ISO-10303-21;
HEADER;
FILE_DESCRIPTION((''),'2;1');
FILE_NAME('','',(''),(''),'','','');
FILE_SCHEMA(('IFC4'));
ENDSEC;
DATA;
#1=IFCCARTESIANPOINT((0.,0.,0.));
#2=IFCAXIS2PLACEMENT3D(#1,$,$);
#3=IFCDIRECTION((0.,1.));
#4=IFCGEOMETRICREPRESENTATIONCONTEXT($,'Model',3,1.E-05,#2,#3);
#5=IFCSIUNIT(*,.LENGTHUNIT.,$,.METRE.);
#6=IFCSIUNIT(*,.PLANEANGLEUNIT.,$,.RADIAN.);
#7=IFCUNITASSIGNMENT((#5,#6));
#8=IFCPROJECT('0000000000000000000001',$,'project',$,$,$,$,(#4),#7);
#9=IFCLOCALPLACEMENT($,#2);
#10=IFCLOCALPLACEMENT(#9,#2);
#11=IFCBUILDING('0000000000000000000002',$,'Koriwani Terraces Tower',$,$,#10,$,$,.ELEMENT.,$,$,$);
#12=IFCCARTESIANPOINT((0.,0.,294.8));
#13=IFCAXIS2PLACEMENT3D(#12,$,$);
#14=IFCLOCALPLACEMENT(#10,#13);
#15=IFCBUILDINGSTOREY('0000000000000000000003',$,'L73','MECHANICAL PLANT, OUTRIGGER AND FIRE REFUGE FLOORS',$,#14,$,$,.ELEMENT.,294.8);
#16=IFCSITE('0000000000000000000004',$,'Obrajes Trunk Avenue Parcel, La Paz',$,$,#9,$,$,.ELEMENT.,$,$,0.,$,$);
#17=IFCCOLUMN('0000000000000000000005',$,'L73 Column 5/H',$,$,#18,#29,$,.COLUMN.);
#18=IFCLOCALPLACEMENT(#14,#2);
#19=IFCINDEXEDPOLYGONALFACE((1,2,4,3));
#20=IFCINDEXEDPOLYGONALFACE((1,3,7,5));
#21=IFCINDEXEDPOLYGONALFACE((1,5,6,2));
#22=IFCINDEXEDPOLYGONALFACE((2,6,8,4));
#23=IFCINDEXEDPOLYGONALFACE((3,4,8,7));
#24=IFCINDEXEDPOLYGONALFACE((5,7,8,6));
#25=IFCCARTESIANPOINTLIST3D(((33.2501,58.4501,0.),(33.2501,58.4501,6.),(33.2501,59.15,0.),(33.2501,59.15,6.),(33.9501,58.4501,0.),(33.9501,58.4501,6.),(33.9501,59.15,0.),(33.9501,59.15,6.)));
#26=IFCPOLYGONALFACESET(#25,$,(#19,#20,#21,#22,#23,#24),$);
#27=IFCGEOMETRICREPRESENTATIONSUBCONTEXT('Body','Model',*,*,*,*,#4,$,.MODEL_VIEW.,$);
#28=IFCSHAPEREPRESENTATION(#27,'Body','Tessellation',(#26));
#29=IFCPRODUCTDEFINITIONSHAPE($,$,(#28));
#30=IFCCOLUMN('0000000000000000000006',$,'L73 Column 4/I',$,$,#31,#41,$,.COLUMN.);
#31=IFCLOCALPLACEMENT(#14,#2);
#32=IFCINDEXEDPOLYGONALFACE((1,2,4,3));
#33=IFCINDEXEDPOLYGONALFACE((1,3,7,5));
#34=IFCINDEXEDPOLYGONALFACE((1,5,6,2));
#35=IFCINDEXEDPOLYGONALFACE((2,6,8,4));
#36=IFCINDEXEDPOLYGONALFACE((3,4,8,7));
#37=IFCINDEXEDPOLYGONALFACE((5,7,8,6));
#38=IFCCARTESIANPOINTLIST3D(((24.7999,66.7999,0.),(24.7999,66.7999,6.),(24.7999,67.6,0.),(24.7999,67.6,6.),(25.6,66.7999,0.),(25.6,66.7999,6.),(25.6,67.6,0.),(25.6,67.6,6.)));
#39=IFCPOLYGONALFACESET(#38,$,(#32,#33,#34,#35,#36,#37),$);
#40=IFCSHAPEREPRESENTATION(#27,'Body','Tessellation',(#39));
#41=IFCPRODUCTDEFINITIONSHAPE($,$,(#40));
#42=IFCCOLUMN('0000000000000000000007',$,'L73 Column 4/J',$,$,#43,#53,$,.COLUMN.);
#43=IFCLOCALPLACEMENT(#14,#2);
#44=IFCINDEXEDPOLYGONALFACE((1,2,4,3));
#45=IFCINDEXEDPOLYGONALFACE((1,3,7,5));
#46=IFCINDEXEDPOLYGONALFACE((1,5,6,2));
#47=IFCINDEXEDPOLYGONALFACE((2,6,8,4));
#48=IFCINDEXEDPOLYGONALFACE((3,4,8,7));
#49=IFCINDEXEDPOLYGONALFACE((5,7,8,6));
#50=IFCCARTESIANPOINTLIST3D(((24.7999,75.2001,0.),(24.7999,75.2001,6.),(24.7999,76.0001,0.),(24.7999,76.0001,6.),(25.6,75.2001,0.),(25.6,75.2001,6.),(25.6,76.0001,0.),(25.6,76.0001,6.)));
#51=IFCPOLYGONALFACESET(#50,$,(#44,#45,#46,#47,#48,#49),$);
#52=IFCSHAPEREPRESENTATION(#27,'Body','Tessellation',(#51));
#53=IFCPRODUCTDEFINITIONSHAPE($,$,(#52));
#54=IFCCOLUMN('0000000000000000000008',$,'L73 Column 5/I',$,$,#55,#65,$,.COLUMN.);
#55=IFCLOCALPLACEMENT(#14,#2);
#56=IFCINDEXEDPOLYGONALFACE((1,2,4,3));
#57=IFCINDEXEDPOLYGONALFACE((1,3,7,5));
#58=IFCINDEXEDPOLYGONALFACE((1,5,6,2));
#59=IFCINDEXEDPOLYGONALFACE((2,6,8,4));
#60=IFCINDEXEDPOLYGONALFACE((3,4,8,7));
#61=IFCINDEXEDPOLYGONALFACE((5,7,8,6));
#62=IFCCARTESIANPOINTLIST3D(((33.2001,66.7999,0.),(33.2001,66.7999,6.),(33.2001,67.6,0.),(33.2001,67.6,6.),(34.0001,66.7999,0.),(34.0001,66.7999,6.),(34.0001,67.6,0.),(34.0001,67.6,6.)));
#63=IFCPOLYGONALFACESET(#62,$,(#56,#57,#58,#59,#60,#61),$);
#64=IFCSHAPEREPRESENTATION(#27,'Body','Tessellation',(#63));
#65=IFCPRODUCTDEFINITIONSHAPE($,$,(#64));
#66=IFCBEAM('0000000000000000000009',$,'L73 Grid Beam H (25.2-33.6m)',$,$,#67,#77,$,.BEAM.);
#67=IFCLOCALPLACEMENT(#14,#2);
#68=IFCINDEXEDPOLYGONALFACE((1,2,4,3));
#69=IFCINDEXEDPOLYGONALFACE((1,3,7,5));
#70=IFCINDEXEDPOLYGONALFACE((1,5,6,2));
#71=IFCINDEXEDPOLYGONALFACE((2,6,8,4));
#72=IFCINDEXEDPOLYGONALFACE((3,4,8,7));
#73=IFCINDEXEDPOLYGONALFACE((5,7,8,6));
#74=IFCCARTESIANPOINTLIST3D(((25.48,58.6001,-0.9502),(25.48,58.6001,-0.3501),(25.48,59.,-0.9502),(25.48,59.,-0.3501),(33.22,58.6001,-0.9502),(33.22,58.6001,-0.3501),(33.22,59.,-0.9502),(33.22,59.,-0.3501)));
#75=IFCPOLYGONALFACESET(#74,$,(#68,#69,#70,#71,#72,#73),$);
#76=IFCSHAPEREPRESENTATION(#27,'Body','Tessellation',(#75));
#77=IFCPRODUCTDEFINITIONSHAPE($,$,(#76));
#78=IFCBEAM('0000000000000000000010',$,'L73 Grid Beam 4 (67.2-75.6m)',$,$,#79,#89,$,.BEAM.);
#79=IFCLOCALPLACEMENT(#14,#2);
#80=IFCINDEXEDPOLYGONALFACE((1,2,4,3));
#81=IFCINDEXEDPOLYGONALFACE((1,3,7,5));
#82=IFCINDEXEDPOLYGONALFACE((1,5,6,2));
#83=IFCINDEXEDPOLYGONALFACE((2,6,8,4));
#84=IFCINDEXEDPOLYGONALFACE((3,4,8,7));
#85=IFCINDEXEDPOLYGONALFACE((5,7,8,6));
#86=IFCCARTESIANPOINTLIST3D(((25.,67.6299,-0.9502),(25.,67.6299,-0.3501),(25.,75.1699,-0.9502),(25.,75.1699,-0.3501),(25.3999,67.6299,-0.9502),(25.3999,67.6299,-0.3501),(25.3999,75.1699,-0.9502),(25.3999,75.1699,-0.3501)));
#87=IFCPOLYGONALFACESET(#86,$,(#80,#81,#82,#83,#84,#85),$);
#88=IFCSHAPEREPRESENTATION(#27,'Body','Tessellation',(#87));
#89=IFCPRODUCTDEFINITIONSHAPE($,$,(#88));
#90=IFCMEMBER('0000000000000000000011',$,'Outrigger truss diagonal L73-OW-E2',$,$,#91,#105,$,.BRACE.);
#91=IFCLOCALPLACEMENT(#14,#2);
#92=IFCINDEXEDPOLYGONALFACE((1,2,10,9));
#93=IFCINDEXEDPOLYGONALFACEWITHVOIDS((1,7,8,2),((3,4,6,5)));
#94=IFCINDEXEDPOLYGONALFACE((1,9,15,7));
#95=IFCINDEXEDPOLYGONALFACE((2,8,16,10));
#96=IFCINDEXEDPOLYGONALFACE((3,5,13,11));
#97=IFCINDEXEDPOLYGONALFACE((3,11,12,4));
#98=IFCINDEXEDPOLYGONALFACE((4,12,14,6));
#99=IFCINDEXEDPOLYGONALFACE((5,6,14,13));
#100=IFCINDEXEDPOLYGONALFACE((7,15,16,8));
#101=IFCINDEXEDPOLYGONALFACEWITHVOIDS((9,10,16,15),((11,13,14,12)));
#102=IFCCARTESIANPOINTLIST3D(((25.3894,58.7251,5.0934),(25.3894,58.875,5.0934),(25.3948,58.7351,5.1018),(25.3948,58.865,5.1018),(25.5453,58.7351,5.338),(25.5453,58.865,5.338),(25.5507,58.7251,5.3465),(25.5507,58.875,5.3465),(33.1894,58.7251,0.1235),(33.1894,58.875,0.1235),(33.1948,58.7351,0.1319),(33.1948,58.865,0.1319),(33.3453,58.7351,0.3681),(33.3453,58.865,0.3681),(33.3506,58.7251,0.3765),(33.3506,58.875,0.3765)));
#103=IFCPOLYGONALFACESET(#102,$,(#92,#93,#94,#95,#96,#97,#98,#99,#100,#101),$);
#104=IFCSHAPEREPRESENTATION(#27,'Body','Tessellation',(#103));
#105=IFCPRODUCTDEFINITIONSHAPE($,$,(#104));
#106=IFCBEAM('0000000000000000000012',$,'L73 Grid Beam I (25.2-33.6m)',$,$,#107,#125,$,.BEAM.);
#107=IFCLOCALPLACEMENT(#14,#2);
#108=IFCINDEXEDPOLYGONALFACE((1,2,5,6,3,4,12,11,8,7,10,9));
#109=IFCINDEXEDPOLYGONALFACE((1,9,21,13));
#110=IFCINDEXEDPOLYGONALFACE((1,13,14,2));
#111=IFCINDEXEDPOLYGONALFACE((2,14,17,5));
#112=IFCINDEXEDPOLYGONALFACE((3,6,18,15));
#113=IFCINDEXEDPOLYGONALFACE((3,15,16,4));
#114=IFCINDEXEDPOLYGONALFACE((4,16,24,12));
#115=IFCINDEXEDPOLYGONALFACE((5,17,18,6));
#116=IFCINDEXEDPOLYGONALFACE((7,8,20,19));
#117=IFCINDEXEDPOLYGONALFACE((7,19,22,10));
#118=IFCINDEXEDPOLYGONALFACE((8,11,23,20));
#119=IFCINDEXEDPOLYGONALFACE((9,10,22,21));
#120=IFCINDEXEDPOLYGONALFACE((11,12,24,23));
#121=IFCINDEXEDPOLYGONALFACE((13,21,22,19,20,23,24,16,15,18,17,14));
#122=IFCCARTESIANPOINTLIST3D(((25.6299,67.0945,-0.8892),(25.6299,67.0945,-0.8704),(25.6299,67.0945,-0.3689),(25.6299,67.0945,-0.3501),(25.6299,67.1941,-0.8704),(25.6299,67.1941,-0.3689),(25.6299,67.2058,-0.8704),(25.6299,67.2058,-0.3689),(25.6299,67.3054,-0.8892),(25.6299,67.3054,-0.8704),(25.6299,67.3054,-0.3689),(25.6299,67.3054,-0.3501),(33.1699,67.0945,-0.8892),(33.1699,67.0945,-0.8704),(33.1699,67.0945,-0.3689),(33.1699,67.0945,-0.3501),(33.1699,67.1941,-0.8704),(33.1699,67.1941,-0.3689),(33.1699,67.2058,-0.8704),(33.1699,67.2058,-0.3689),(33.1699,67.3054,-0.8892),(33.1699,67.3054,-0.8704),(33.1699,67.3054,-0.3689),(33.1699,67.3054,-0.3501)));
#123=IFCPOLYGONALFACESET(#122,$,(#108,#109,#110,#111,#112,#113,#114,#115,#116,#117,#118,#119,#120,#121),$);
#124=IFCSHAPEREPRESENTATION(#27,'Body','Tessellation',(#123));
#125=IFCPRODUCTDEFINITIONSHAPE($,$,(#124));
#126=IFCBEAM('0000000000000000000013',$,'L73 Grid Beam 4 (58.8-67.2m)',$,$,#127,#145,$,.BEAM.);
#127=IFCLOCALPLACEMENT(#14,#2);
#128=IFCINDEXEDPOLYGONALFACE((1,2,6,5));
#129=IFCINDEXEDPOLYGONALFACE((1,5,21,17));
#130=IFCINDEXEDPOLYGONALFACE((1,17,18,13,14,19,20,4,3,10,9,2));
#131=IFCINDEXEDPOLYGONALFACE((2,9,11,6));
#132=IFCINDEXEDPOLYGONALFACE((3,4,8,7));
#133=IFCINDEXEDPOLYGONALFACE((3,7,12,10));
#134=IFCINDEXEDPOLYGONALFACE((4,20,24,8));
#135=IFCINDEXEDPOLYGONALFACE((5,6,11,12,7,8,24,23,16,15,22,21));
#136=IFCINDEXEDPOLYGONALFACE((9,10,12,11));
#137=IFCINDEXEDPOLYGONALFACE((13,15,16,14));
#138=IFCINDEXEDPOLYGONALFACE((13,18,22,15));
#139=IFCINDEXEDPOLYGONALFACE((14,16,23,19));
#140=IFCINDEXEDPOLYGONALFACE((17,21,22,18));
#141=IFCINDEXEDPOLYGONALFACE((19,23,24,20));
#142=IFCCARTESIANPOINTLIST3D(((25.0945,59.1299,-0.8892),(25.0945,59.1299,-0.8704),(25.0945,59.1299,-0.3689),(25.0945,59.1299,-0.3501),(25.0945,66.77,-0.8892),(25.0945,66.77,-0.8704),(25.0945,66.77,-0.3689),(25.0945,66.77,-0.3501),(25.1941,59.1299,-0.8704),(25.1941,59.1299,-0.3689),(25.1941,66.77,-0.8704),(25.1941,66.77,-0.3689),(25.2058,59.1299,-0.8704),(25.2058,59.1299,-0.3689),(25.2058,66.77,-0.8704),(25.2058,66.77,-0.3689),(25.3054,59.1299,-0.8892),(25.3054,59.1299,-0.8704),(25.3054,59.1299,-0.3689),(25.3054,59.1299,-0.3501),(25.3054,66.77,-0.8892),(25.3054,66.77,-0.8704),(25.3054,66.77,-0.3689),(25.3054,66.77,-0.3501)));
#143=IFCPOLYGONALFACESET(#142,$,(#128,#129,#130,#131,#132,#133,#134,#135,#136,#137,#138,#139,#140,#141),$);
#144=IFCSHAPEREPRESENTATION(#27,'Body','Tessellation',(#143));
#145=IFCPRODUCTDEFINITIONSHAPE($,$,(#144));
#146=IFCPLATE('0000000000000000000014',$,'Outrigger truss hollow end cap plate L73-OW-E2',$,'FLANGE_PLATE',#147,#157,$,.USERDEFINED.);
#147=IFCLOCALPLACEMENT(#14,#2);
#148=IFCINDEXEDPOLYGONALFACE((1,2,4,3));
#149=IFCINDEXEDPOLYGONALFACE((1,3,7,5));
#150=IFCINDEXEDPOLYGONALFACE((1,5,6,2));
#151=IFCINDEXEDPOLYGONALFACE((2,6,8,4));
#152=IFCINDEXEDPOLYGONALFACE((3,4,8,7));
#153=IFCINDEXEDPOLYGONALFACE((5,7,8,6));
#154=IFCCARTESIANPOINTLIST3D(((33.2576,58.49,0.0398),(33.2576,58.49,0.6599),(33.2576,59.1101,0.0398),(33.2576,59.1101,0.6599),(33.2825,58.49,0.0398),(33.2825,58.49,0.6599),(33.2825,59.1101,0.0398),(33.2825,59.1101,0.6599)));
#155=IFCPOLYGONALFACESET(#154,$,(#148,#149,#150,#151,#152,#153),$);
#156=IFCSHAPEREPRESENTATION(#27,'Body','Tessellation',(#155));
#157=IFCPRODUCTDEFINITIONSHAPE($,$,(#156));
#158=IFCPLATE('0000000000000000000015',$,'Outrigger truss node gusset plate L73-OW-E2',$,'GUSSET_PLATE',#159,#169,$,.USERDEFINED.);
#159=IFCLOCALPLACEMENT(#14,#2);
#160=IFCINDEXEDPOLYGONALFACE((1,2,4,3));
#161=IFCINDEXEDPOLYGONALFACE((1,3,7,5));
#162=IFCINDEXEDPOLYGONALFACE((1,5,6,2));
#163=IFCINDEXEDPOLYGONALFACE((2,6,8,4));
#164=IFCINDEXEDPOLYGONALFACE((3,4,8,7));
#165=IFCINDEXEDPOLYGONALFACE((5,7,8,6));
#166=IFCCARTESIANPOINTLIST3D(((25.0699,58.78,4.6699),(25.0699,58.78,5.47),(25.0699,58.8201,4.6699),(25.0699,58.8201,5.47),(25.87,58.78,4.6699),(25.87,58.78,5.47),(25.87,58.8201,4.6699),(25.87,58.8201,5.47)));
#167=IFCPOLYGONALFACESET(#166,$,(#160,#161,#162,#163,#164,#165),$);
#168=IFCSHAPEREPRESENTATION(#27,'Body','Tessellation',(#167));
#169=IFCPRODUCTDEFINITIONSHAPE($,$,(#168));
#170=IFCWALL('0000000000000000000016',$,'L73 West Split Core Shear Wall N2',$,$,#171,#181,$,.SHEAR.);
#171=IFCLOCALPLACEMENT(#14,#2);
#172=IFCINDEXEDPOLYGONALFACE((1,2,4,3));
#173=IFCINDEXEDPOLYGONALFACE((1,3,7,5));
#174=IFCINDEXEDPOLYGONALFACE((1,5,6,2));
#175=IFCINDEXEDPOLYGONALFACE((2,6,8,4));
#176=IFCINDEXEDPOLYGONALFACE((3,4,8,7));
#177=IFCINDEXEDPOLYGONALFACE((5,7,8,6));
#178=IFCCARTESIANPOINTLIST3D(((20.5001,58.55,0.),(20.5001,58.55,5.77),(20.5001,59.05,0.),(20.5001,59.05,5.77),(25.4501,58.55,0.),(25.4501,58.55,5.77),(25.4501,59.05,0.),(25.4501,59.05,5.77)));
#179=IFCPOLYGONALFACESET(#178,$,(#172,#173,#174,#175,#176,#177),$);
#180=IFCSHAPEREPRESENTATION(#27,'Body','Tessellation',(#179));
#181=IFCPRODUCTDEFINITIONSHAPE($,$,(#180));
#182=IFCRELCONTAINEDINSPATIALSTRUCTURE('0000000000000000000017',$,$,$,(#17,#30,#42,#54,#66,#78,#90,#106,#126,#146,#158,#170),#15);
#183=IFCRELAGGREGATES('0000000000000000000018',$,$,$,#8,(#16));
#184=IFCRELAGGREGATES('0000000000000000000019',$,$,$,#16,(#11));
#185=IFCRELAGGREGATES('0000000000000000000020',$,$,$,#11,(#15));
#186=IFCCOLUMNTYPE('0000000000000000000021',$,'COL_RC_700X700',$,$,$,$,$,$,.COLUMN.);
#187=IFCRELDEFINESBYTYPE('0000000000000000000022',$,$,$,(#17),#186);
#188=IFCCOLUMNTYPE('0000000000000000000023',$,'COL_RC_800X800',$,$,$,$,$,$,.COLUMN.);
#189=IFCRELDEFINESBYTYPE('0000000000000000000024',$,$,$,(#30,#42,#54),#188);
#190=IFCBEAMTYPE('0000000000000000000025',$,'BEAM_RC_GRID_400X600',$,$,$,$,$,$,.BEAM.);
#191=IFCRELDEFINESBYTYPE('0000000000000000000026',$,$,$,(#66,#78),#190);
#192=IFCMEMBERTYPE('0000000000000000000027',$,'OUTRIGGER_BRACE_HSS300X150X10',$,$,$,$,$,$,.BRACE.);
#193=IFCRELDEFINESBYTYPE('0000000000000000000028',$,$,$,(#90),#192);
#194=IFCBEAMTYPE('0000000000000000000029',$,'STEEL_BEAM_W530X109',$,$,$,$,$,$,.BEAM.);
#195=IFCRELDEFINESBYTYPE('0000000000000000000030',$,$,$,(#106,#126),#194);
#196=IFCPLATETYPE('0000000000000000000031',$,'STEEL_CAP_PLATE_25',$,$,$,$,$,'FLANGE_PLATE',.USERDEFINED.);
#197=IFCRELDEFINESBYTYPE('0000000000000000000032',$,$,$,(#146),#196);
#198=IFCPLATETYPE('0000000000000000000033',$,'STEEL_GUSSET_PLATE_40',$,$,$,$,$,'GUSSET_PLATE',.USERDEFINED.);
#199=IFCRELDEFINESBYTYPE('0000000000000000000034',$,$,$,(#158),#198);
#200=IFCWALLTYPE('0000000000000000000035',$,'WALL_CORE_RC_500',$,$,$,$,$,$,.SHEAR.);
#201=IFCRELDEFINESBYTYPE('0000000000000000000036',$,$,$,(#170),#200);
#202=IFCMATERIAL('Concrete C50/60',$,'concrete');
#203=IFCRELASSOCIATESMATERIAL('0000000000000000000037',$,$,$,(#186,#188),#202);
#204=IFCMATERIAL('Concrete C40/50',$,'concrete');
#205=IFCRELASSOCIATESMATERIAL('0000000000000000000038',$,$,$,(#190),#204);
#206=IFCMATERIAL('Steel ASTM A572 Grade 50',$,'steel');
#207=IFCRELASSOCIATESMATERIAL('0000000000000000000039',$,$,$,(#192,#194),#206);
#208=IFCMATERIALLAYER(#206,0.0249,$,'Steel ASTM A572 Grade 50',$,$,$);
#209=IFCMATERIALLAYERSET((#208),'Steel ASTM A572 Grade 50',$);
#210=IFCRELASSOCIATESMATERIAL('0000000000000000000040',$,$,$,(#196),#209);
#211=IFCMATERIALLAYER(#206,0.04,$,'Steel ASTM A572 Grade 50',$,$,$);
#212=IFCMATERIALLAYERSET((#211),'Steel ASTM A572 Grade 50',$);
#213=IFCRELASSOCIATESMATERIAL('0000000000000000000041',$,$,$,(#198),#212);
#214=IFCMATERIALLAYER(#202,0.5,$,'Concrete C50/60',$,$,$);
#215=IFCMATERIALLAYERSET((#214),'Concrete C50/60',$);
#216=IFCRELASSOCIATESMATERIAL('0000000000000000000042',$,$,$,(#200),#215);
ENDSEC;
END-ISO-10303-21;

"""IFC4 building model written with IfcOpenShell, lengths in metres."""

from ifc_helpers import new_model, si_unit, direction, frame, frame_2d, origin, origin_2d, place, context, subcontext, project, spatial, rectangle, hollow_rectangle, i_section, extrude, material, layer, layer_set, material_profile, profile_set, type_object, element, save


model = new_model("IFC4")

# Units and contexts
model_context = context("Model", 3, precision=1e-05, world=origin(), true_north=direction((0.0, 1.0)))
body_context = subcontext(model_context, "Body", "Model", "MODEL_VIEW")
ifc_project = project(units=[si_unit("LENGTHUNIT", "METRE"), si_unit("PLANEANGLEUNIT", "RADIAN")], contexts=[model_context])

# Site, building, storey
site_placement = place(None, origin())
site = spatial("IfcSite", under=ifc_project, at=site_placement, Name="Obrajes Trunk Avenue Parcel, La Paz", CompositionType="ELEMENT", RefElevation=0.0)
building_placement = place(site_placement, origin())
building = spatial("IfcBuilding", under=site, at=building_placement, Name="Koriwani Terraces Tower", CompositionType="ELEMENT")
storey_placement = place(building_placement, frame((0.0, 0.0, 294.8)))
storey = spatial("IfcBuildingStorey", under=building, at=storey_placement, Name="L73", Description="MECHANICAL PLANT, OUTRIGGER AND FIRE REFUGE FLOORS", CompositionType="ELEMENT", Elevation=294.8)

# Columns
ifc_material_1 = material(Name="Concrete C50/60", Category="concrete")
ifc_material_profile_1 = material_profile(ifc_material_1, rectangle(XDim=0.7, YDim=0.7, at=origin_2d()), Name="Concrete C50/60", Category="LoadBearing")
ifc_profile_set_1 = profile_set([ifc_material_profile_1], Name="Concrete C50/60")
column_type_1 = type_object("IfcColumnType", Name="COL_RC_700X700", PredefinedType="COLUMN", material=ifc_profile_set_1)
column_placement = place(storey_placement, frame((33.6001, 58.8, 0.0), z_axis=(0.0, 0.0, 1.0), x_axis=(1.0, 0.0, 0.0)))
element("IfcColumn", 1, at=column_placement, inside=storey, type_object=column_type_1, Name="L73 Column 5/H", PredefinedType="COLUMN", context=body_context, shape_type="SweptSolid", body=[
    extrude(rectangle(XDim=0.7, YDim=0.7, at=origin_2d()), origin(), (0.0, 0.0, 1.0), 6.0),
])
ifc_material_profile_2 = material_profile(ifc_material_1, rectangle(XDim=0.8, YDim=0.8, at=origin_2d()), Name="Concrete C50/60", Category="LoadBearing")
ifc_profile_set_2 = profile_set([ifc_material_profile_2], Name="Concrete C50/60")
column_type_2 = type_object("IfcColumnType", Name="COL_RC_800X800", PredefinedType="COLUMN", material=ifc_profile_set_2)
for number, where, z_axis, x_axis, name in (
    (2, (25.2, 67.2, 0.0), (0.0, 0.0, 1.0), (1.0, 0.0, 0.0), "L73 Column 4/I"),
    (3, (25.2, 75.6001, 0.0), (0.0, 0.0, 1.0), (1.0, 0.0, 0.0), "L73 Column 4/J"),
    (4, (33.6001, 67.2, 0.0), (0.0, 0.0, 1.0), (1.0, 0.0, 0.0), "L73 Column 5/I"),
):
    element("IfcColumn", number, at=place(storey_placement, frame(where, z_axis=z_axis, x_axis=x_axis)), inside=storey, type_object=column_type_2, Name=name, PredefinedType="COLUMN", context=body_context, shape_type="SweptSolid", body=[
        extrude(rectangle(XDim=0.8, YDim=0.8, at=origin_2d()), origin(), (0.0, 0.0, 1.0), 6.0),
    ])

# Beams
ifc_material_2 = material(Name="Concrete C40/50", Category="concrete")
ifc_material_profile_3 = material_profile(ifc_material_2, rectangle(XDim=0.3999, YDim=0.6001, at=origin_2d()), Name="Concrete C40/50", Category="LoadBearing")
ifc_profile_set_3 = profile_set([ifc_material_profile_3], Name="Concrete C40/50")
beam_type_1 = type_object("IfcBeamType", Name="BEAM_RC_GRID_400X600", PredefinedType="BEAM", material=ifc_profile_set_3)
beam_1_placement = place(storey_placement, frame((25.48, 58.8, -0.6501), z_axis=(1.0, 0.0, 0.0), x_axis=(0.0, 1.0, 0.0)))
element("IfcBeam", 5, at=beam_1_placement, inside=storey, type_object=beam_type_1, Name="L73 Grid Beam H (25.2-33.6m)", PredefinedType="BEAM", context=body_context, shape_type="SweptSolid", body=[
    extrude(rectangle(XDim=0.3999, YDim=0.6001, at=origin_2d()), origin(), (0.0, 0.0, 1.0), 7.74),
])
beam_2_placement = place(storey_placement, frame((25.2, 67.6299, -0.6501), z_axis=(0.0, 1.0, 0.0), x_axis=(-1.0, 0.0, 0.0)))
element("IfcBeam", 6, at=beam_2_placement, inside=storey, type_object=beam_type_1, Name="L73 Grid Beam 4 (67.2-75.6m)", PredefinedType="BEAM", context=body_context, shape_type="SweptSolid", body=[
    extrude(rectangle(XDim=0.3999, YDim=0.6001, at=origin_2d()), origin(), (0.0, 0.0, 1.0), 7.54),
])

# Member
ifc_material_3 = material(Name="Steel ASTM A572 Grade 50", Category="steel")
ifc_material_profile_4 = material_profile(ifc_material_3, hollow_rectangle(XDim=0.1499, YDim=0.3, WallThickness=0.01, at=origin_2d()), Name="Steel ASTM A572 Grade 50", Category="LoadBearing")
ifc_profile_set_4 = profile_set([ifc_material_profile_4], Name="Steel ASTM A572 Grade 50")
member_type = type_object("IfcMemberType", Name="OUTRIGGER_BRACE_HSS300X150X10", PredefinedType="BRACE", material=ifc_profile_set_4)
member_placement = place(storey_placement, frame((33.27, 58.8, 0.25), z_axis=(-0.843353, 0.0, 0.53736), x_axis=(0.0, -1.0, 0.0)))
element("IfcMember", 7, at=member_placement, inside=storey, type_object=member_type, Name="Outrigger truss diagonal L73-OW-E2", PredefinedType="BRACE", context=body_context, shape_type="SweptSolid", body=[
    extrude(hollow_rectangle(XDim=0.1499, YDim=0.3, WallThickness=0.01, at=origin_2d()), origin(), (0.0, 0.0, 1.0), 9.2488),
])

# Beams
ifc_material_profile_5 = material_profile(ifc_material_3, i_section(OverallWidth=0.2109, OverallDepth=0.5391, WebThickness=0.0117, FlangeThickness=0.0188, at=origin_2d()), Name="Steel ASTM A572 Grade 50", Category="LoadBearing")
ifc_profile_set_5 = profile_set([ifc_material_profile_5], Name="Steel ASTM A572 Grade 50")
beam_type_2 = type_object("IfcBeamType", Name="STEEL_BEAM_W530X109", PredefinedType="BEAM", material=ifc_profile_set_5)
beam_3_placement = place(storey_placement, frame((25.6299, 67.2, -0.6196), z_axis=(1.0, 0.0, 0.0), x_axis=(0.0, 1.0, 0.0)))
element("IfcBeam", 8, at=beam_3_placement, inside=storey, type_object=beam_type_2, Name="L73 Grid Beam I (25.2-33.6m)", PredefinedType="BEAM", context=body_context, shape_type="SweptSolid", body=[
    extrude(i_section(OverallWidth=0.2109, OverallDepth=0.5391, WebThickness=0.0117, FlangeThickness=0.0188, at=origin_2d()), origin(), (0.0, 0.0, 1.0), 7.54),
])
beam_4_placement = place(storey_placement, frame((25.2, 59.1299, -0.6196), z_axis=(0.0, 1.0, 0.0), x_axis=(-1.0, 0.0, 0.0)))
element("IfcBeam", 9, at=beam_4_placement, inside=storey, type_object=beam_type_2, Name="L73 Grid Beam 4 (58.8-67.2m)", PredefinedType="BEAM", context=body_context, shape_type="SweptSolid", body=[
    extrude(i_section(OverallWidth=0.2109, OverallDepth=0.5391, WebThickness=0.0117, FlangeThickness=0.0188, at=origin_2d()), origin(), (0.0, 0.0, 1.0), 7.6401),
])

# Plates
ifc_layer_1 = layer(ifc_material_3, 0.0249, Name="Steel ASTM A572 Grade 50")
ifc_layer_set_1 = layer_set([ifc_layer_1], Name="Steel ASTM A572 Grade 50")
plate_type_1 = type_object("IfcPlateType", Name="STEEL_CAP_PLATE_25", ElementType="FLANGE_PLATE", PredefinedType="USERDEFINED", material=ifc_layer_set_1)
plate_1_placement = place(storey_placement, frame((33.27, 58.8, 0.0398), z_axis=(0.0, 0.0, 1.0), x_axis=(-1.0, 0.0, 0.0)))
element("IfcPlate", 10, at=plate_1_placement, inside=storey, type_object=plate_type_1, Name="Outrigger truss hollow end cap plate L73-OW-E2", ObjectType="FLANGE_PLATE", PredefinedType="USERDEFINED", context=body_context, shape_type="SweptSolid", body=[
    extrude(rectangle(XDim=0.0249, YDim=0.6201, at=origin_2d()), origin(), (0.0, 0.0, 1.0), 0.6201),
])
ifc_layer_2 = layer(ifc_material_3, 0.04, Name="Steel ASTM A572 Grade 50")
ifc_layer_set_2 = layer_set([ifc_layer_2], Name="Steel ASTM A572 Grade 50")
plate_type_2 = type_object("IfcPlateType", Name="STEEL_GUSSET_PLATE_40", ElementType="GUSSET_PLATE", PredefinedType="USERDEFINED", material=ifc_layer_set_2)
plate_2_placement = place(storey_placement, frame((25.47, 58.8, 4.6699), z_axis=(0.0, 0.0, 1.0), x_axis=(-1.0, 0.0, 0.0)))
element("IfcPlate", 11, at=plate_2_placement, inside=storey, type_object=plate_type_2, Name="Outrigger truss node gusset plate L73-OW-E2", ObjectType="GUSSET_PLATE", PredefinedType="USERDEFINED", context=body_context, shape_type="SweptSolid", body=[
    extrude(rectangle(XDim=0.8, YDim=0.04, at=origin_2d()), origin(), (0.0, 0.0, 1.0), 0.8),
])

# Wall
ifc_layer_3 = layer(ifc_material_1, 0.5, Name="Concrete C50/60")
ifc_layer_set_3 = layer_set([ifc_layer_3], Name="Concrete C50/60")
wall_type_1 = type_object("IfcWallType", Name="WALL_CORE_RC_500", PredefinedType="SHEAR", material=ifc_layer_set_3)
wall_1_placement = place(storey_placement, frame((20.5, 58.8, 0.0), z_axis=(0.0, 0.0, 1.0), x_axis=(1.0, 0.0, 0.0)))
element("IfcWall", 12, at=wall_1_placement, inside=storey, type_object=wall_type_1, Name="L73 West Split Core Shear Wall N2", PredefinedType="SHEAR", context=body_context, shape_type="SweptSolid", body=[
    extrude(rectangle(XDim=4.95, YDim=0.5, at=frame_2d((2.4751, 0.0))), origin(), (0.0, 0.0, 1.0), 5.77),
])

save(model, "model.ifc")
